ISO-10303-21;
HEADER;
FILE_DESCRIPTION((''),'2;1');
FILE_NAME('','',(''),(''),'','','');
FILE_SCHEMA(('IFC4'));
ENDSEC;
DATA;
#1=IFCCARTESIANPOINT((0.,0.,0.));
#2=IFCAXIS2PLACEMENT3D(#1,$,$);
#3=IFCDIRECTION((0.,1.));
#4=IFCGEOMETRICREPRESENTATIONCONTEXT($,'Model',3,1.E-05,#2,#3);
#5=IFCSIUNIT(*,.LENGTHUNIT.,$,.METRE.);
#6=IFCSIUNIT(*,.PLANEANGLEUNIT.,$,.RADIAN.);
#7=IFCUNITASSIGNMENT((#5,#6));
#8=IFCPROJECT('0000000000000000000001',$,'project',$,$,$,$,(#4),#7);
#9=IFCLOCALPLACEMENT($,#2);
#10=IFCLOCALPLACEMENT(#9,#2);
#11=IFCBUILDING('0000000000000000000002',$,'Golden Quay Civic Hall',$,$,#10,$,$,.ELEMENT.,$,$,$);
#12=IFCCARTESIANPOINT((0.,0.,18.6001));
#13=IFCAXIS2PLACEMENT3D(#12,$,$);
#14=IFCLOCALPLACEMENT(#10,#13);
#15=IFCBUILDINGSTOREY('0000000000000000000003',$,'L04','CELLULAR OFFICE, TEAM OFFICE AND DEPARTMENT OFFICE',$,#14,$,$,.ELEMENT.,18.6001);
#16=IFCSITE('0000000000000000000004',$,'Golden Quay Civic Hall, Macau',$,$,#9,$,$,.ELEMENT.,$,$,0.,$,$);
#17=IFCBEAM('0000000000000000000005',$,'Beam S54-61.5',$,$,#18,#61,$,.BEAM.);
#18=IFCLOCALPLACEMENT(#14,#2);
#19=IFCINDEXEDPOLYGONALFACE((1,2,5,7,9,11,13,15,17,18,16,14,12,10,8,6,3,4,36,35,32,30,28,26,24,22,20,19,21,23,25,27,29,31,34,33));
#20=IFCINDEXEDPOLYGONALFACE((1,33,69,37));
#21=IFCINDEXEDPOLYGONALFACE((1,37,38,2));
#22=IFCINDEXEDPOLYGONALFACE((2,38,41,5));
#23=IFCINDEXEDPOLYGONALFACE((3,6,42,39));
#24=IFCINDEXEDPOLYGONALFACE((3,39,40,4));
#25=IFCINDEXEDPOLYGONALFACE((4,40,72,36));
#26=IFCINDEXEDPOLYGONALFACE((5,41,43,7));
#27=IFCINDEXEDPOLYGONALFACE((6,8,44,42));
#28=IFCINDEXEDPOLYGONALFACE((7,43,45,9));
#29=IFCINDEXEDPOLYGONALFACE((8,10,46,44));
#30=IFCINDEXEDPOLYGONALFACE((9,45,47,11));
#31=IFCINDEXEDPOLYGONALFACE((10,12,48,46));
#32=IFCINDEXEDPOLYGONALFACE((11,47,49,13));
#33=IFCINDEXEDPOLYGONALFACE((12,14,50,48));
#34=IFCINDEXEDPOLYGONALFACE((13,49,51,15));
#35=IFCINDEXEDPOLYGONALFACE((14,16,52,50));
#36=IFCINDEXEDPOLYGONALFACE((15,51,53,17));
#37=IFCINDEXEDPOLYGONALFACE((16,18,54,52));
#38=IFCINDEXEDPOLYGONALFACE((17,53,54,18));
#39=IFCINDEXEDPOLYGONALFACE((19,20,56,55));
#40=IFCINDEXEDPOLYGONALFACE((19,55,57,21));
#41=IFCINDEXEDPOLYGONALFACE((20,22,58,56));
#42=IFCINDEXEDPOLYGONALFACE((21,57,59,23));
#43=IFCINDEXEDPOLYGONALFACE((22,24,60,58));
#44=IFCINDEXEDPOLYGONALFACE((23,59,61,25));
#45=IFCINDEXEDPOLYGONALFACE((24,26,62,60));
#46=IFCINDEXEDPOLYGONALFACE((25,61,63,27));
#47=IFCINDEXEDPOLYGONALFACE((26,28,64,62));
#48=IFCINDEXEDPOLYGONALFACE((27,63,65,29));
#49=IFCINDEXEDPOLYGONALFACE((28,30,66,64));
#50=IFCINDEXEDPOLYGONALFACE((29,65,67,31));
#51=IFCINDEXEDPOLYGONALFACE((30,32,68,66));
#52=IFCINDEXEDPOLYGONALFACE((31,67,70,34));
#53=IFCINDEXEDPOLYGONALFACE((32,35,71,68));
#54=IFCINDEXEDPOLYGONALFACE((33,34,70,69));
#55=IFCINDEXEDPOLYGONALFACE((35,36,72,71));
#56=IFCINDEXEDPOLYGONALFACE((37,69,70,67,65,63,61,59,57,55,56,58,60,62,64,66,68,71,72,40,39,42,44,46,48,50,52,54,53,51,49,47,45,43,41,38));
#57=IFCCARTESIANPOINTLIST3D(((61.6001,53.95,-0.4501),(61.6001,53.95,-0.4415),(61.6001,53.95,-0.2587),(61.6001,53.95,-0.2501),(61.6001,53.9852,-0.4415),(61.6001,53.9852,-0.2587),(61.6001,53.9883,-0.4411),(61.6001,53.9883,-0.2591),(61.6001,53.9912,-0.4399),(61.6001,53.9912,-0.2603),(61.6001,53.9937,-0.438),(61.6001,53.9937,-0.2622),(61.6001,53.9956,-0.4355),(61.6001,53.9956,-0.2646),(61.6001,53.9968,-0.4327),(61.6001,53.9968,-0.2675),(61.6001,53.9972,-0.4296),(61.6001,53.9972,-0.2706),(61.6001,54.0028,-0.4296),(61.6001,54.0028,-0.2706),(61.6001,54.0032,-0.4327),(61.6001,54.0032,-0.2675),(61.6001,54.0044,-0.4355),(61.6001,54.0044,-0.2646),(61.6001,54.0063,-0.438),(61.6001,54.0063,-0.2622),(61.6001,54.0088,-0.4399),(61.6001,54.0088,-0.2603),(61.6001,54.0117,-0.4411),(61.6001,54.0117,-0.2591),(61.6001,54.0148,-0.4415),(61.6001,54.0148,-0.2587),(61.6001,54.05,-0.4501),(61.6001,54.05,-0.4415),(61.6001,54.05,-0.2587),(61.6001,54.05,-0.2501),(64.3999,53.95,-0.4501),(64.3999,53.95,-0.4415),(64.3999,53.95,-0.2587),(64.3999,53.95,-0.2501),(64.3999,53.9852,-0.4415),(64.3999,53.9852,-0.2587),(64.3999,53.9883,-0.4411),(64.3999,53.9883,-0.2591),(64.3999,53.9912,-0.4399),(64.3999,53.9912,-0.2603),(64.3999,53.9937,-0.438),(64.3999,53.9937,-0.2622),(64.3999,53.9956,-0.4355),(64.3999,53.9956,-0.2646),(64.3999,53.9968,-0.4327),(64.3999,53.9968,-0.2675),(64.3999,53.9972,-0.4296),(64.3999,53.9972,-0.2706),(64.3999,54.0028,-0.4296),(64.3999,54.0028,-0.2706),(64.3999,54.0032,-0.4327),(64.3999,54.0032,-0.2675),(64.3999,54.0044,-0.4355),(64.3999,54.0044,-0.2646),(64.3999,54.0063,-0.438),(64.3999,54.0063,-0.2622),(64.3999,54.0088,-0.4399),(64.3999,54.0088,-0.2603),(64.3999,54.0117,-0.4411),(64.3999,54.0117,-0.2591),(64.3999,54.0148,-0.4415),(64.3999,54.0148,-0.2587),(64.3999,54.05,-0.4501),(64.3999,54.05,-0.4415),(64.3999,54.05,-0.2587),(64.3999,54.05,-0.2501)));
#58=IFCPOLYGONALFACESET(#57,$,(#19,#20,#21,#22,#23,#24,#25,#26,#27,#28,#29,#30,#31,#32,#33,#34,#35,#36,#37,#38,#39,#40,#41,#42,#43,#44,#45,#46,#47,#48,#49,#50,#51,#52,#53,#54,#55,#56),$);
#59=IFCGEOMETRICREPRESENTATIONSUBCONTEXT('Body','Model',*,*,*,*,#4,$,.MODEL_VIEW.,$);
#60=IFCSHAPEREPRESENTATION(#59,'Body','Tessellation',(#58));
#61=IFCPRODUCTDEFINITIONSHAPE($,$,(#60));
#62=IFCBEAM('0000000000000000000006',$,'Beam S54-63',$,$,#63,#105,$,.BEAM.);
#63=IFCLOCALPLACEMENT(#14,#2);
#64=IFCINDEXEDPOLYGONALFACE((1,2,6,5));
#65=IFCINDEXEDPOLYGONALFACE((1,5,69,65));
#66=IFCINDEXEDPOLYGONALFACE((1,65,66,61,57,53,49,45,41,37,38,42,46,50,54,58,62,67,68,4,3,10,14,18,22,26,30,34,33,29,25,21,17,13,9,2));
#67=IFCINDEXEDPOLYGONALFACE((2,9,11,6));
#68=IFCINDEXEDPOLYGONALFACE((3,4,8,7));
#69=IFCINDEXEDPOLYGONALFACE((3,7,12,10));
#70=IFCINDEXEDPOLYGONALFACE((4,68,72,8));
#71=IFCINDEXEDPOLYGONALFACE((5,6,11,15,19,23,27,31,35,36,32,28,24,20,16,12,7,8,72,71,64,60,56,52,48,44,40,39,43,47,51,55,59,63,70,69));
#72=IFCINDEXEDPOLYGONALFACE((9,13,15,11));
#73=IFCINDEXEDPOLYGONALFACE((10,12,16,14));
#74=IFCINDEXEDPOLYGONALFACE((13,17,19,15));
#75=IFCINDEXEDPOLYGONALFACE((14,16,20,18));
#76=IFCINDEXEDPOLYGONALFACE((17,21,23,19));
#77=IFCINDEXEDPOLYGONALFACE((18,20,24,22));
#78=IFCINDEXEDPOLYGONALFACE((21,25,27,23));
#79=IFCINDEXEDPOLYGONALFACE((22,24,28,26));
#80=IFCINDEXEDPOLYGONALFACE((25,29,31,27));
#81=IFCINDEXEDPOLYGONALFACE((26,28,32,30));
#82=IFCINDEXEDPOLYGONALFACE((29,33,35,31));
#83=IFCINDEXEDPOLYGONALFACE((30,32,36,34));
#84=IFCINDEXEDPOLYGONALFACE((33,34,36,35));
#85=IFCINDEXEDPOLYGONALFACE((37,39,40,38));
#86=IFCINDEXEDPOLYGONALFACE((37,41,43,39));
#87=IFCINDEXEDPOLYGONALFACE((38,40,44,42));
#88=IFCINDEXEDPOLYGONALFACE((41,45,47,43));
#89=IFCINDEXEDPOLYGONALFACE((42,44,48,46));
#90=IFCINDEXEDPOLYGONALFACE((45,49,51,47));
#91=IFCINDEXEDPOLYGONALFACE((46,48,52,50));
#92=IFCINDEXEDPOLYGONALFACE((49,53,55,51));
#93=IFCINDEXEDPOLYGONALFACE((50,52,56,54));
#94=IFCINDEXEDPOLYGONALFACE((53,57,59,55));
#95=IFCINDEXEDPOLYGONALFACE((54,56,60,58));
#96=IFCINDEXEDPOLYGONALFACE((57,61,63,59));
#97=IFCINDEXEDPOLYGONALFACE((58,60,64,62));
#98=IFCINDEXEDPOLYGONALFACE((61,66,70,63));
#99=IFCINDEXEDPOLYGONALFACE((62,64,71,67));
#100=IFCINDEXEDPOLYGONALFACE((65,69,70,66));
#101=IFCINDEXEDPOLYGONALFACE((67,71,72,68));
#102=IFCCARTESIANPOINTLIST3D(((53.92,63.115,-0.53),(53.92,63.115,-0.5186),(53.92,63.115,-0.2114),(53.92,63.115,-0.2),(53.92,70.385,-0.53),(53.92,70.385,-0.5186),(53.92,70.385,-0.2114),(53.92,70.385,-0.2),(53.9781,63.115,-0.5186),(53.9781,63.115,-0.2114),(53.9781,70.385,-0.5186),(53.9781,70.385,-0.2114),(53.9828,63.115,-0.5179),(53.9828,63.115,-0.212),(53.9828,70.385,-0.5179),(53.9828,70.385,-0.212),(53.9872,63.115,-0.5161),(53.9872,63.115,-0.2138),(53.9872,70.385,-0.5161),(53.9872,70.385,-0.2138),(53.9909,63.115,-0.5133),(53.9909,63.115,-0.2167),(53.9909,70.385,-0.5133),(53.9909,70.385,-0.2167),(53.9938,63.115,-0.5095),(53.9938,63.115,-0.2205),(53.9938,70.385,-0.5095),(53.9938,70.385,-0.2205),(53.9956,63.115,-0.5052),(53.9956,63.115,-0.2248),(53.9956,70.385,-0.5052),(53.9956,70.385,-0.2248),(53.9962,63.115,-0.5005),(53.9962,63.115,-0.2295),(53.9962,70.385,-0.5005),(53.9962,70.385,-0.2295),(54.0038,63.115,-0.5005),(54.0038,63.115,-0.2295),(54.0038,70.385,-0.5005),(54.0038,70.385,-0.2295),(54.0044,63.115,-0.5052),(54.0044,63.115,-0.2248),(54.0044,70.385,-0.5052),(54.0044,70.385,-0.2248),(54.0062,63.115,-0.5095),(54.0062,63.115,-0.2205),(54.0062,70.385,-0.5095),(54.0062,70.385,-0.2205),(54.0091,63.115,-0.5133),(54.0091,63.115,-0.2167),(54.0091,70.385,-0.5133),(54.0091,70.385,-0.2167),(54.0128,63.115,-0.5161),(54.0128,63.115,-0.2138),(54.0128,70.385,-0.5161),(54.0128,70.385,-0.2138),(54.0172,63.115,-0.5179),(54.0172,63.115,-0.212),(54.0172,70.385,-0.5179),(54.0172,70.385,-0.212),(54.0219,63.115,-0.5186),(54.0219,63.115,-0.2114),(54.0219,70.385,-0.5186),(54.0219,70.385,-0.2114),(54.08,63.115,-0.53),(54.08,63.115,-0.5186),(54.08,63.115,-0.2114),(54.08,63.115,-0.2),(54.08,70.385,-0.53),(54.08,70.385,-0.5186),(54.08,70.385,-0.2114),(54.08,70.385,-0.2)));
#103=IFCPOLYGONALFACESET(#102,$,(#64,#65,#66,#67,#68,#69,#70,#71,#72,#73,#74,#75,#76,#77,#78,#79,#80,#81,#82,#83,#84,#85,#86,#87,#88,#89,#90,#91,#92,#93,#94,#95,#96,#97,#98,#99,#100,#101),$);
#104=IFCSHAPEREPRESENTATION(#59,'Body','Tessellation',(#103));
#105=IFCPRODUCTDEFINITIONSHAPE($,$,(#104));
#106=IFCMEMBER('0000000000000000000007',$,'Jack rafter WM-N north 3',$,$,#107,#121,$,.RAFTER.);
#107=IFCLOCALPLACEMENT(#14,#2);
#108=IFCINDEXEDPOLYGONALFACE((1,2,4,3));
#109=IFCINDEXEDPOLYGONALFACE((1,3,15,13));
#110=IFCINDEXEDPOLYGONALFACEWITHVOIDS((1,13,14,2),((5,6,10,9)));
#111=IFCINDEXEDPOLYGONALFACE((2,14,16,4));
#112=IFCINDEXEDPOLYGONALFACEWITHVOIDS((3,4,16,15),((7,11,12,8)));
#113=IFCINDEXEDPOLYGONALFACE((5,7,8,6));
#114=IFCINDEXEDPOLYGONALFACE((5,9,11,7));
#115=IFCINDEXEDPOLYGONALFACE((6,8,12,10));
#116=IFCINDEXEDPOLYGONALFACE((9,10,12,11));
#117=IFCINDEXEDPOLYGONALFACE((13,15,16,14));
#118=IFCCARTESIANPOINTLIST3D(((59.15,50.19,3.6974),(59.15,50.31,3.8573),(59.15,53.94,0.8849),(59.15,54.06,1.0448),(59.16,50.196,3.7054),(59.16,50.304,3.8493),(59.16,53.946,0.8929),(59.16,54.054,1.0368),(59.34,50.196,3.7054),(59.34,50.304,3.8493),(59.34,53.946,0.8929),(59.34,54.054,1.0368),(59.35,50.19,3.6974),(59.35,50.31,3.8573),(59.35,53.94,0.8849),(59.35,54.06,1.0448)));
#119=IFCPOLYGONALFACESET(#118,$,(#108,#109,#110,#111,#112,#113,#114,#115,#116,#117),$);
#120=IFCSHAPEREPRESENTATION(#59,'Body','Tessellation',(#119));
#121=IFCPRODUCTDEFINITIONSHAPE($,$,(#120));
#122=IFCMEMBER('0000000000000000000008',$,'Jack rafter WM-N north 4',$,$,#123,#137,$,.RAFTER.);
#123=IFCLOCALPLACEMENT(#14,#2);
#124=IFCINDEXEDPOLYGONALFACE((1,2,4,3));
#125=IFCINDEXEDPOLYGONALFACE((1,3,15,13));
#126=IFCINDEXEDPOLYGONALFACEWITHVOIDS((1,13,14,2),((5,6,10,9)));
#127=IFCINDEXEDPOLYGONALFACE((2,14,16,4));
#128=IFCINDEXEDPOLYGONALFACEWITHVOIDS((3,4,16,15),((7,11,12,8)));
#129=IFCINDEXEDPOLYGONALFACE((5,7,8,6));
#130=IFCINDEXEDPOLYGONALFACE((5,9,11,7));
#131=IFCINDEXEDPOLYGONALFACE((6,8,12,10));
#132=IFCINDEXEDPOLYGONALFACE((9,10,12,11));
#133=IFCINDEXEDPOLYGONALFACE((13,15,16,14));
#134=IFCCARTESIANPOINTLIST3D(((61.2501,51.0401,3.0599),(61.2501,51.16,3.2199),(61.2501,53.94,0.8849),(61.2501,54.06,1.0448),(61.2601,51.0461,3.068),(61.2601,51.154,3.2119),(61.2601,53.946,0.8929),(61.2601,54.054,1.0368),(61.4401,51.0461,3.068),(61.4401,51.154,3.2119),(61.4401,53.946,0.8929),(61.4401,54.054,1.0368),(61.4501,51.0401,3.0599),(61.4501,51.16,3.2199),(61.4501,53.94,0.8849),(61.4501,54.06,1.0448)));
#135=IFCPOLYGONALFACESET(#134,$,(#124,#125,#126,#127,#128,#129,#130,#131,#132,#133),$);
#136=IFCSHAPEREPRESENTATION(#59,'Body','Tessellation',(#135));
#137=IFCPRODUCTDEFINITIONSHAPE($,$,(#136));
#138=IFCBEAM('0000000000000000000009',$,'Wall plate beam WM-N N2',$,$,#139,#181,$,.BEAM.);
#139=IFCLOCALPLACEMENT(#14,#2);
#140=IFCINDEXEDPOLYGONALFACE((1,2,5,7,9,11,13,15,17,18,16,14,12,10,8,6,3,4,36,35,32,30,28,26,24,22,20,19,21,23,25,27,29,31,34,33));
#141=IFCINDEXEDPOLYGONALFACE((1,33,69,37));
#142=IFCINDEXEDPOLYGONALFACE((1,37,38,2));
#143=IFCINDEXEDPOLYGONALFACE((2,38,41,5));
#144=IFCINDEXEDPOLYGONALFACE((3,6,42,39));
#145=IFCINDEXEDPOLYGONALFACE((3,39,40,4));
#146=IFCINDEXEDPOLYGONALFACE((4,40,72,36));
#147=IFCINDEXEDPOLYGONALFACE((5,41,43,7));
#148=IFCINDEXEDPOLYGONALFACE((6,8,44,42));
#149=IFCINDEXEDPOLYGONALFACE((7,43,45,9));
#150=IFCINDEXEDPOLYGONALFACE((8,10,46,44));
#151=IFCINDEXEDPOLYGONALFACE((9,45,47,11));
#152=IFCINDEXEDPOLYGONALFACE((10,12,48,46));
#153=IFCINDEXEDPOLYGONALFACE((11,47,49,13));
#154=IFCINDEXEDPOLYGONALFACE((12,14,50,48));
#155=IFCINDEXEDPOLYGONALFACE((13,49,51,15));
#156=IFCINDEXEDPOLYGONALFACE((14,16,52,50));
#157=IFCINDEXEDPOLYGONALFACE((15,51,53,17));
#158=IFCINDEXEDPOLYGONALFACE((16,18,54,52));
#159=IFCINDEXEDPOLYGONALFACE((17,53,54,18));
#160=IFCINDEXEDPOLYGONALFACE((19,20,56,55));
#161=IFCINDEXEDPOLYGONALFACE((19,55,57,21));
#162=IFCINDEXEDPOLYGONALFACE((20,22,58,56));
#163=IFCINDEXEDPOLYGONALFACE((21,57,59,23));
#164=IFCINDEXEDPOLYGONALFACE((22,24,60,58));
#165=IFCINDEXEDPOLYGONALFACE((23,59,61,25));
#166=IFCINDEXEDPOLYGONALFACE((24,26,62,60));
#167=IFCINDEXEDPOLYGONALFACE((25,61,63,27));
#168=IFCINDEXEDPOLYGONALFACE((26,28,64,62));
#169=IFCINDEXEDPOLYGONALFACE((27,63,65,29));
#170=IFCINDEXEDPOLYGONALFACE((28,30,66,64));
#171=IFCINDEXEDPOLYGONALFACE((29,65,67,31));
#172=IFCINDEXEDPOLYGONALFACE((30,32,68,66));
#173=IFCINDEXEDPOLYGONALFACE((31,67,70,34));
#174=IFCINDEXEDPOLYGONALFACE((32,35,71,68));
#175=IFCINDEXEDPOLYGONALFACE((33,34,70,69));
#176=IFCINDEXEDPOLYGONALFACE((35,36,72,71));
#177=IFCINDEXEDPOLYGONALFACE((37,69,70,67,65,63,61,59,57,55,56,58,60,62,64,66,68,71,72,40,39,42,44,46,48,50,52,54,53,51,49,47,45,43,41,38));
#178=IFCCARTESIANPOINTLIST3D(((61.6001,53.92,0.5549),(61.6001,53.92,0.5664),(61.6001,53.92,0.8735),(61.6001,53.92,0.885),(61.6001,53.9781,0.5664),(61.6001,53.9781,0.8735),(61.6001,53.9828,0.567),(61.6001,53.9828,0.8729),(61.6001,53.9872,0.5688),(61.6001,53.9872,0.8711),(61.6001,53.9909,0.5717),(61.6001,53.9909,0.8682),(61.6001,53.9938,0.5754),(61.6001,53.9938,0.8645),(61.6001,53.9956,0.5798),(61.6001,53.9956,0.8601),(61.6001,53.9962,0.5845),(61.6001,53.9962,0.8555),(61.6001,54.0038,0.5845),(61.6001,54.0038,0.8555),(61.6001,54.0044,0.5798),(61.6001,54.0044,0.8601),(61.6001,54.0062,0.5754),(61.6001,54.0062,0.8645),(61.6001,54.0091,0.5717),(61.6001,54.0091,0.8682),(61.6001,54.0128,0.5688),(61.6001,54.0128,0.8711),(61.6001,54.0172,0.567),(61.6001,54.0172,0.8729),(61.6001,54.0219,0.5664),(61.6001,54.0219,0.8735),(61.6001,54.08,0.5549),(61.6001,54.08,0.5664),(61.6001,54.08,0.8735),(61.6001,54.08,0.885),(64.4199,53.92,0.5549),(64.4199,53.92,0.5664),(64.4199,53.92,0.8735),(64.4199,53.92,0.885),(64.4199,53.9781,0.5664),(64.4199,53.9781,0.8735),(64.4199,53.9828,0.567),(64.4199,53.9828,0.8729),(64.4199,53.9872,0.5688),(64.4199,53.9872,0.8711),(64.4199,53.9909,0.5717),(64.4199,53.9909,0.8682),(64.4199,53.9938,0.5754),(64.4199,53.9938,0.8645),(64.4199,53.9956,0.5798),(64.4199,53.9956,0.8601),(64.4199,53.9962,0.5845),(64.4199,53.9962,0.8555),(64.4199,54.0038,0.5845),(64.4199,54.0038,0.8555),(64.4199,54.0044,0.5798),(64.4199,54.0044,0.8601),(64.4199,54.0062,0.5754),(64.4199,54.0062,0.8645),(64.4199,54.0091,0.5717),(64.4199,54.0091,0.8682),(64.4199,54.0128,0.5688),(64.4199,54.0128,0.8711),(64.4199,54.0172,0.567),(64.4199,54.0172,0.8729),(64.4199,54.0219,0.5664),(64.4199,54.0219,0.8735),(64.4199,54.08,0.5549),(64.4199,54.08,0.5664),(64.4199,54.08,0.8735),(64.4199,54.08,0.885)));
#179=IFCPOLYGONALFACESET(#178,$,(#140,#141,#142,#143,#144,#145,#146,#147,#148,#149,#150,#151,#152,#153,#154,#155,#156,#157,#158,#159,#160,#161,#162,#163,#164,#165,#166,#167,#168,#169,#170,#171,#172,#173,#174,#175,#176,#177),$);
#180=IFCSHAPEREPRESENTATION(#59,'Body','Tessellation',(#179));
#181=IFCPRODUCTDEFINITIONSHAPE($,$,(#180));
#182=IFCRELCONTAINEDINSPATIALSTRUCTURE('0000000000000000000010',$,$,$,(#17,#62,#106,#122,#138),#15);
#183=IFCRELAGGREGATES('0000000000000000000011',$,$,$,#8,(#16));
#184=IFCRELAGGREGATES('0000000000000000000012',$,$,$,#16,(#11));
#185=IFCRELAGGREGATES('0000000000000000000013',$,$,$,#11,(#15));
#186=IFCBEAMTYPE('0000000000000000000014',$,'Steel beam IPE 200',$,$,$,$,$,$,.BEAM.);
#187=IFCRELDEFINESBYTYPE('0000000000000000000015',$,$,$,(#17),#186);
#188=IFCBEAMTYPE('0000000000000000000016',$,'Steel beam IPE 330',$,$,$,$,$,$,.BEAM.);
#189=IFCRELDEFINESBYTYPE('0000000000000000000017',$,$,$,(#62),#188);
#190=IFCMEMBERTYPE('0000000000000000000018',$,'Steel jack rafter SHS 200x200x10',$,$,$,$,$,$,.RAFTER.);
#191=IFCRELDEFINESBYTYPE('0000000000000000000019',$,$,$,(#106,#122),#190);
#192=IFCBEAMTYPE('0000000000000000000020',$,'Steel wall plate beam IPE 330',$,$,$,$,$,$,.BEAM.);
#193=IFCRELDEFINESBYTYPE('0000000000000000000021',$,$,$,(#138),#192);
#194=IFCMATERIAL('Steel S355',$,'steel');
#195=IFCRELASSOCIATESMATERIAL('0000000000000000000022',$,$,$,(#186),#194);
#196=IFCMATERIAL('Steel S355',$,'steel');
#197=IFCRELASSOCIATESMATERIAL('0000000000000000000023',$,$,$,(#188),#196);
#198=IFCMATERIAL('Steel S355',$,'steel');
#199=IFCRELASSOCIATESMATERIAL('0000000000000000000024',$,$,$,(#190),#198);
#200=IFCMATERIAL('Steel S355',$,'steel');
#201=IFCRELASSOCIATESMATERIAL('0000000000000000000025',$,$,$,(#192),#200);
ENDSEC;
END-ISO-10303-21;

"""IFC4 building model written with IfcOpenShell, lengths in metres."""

from ifc_helpers import new_model, si_unit, direction, frame, origin, origin_2d, place, context, subcontext, project, spatial, hollow_rectangle, i_section, extrude, material, material_profile, profile_set, type_object, element, save


model = new_model("IFC4")

# Units and contexts
model_context = context("Model", 3, precision=1e-05, world=origin(), true_north=direction((0.0, 1.0)))
body_context = subcontext(model_context, "Body", "Model", "MODEL_VIEW")
ifc_project = project(units=[si_unit("LENGTHUNIT", "METRE"), si_unit("PLANEANGLEUNIT", "RADIAN")], contexts=[model_context])

# Site, building, storey
site_placement = place(None, origin())
site = spatial("IfcSite", under=ifc_project, at=site_placement, Name="Golden Quay Civic Hall, Macau", CompositionType="ELEMENT", RefElevation=0.0)
building_placement = place(site_placement, origin())
building = spatial("IfcBuilding", under=site, at=building_placement, Name="Golden Quay Civic Hall", CompositionType="ELEMENT")
storey_placement = place(building_placement, frame((0.0, 0.0, 18.6001)))
storey = spatial("IfcBuildingStorey", under=building, at=storey_placement, Name="L04", Description="CELLULAR OFFICE, TEAM OFFICE AND DEPARTMENT OFFICE", CompositionType="ELEMENT", Elevation=18.6001)

# Beams
ifc_material_1 = material(Name="Steel S355", Category="steel")
ifc_material_profile_1 = material_profile(ifc_material_1, i_section(OverallWidth=0.1001, OverallDepth=0.2, WebThickness=0.0056, FlangeThickness=0.0085, FilletRadius=0.012, at=origin_2d()), Name="IPE 200")
ifc_profile_set_1 = profile_set([ifc_material_profile_1], Name="Steel S355")
beam_type_1 = type_object("IfcBeamType", Name="Steel beam IPE 200", PredefinedType="BEAM", material=ifc_profile_set_1)
beam_1_placement = place(storey_placement, frame((61.6001, 54.0, -0.3501), z_axis=(1.0, 0.0, 0.0), x_axis=(0.0, 1.0, 0.0)))
element("IfcBeam", 1, at=beam_1_placement, inside=storey, type_object=beam_type_1, Name="Beam S54-61.5", PredefinedType="BEAM", context=body_context, shape_type="SweptSolid", body=[
    extrude(i_section(OverallWidth=0.1001, OverallDepth=0.2, WebThickness=0.0056, FlangeThickness=0.0085, FilletRadius=0.012, at=origin_2d()), origin(), (0.0, 0.0, 1.0), 2.7998),
])
ifc_material_2 = material(Name="Steel S355", Category="steel")
ifc_material_profile_2 = material_profile(ifc_material_2, i_section(OverallWidth=0.1599, OverallDepth=0.3301, WebThickness=0.0076, FlangeThickness=0.0115, FilletRadius=0.0181, at=origin_2d()), Name="IPE 330")
ifc_profile_set_2 = profile_set([ifc_material_profile_2], Name="Steel S355")
beam_type_2 = type_object("IfcBeamType", Name="Steel beam IPE 330", PredefinedType="BEAM", material=ifc_profile_set_2)
beam_2_placement = place(storey_placement, frame((54.0, 63.115, -0.365), z_axis=(0.0, 1.0, 0.0), x_axis=(-1.0, 0.0, 0.0)))
element("IfcBeam", 2, at=beam_2_placement, inside=storey, type_object=beam_type_2, Name="Beam S54-63", PredefinedType="BEAM", context=body_context, shape_type="SweptSolid", body=[
    extrude(i_section(OverallWidth=0.1599, OverallDepth=0.3301, WebThickness=0.0076, FlangeThickness=0.0115, FilletRadius=0.0181, at=origin_2d()), origin(), (0.0, 0.0, 1.0), 7.27),
])

# Members
ifc_material_3 = material(Name="Steel S355", Category="steel")
ifc_material_profile_3 = material_profile(ifc_material_3, hollow_rectangle(XDim=0.2, YDim=0.2, WallThickness=0.01, at=origin_2d()), Name="SHS 200x200x10")
ifc_profile_set_3 = profile_set([ifc_material_profile_3], Name="Steel S355")
member_type_1 = type_object("IfcMemberType", Name="Steel jack rafter SHS 200x200x10", PredefinedType="RAFTER", material=ifc_profile_set_3)
member_1_placement = place(storey_placement, frame((59.25, 54.0, 0.9648), z_axis=(0.0, -0.8, 0.6), x_axis=(1.0, 0.0, 0.0)))
element("IfcMember", 3, at=member_1_placement, inside=storey, type_object=member_type_1, Name="Jack rafter WM-N north 3", PredefinedType="RAFTER", context=body_context, shape_type="SweptSolid", body=[
    extrude(hollow_rectangle(XDim=0.2, YDim=0.2, WallThickness=0.01, at=origin_2d()), origin(), (0.0, 0.0, 1.0), 4.6875),
])
member_2_placement = place(storey_placement, frame((61.3501, 54.0, 0.9648), z_axis=(0.0, -0.799984, 0.600022), x_axis=(1.0, 0.0, 0.0)))
element("IfcMember", 4, at=member_2_placement, inside=storey, type_object=member_type_1, Name="Jack rafter WM-N north 4", PredefinedType="RAFTER", context=body_context, shape_type="SweptSolid", body=[
    extrude(hollow_rectangle(XDim=0.2, YDim=0.2, WallThickness=0.01, at=origin_2d()), origin(), (0.0, 0.0, 1.0), 3.625),
])

# Beam
ifc_material_4 = material(Name="Steel S355", Category="steel")
ifc_material_profile_4 = material_profile(ifc_material_4, i_section(OverallWidth=0.1599, OverallDepth=0.3301, WebThickness=0.0076, FlangeThickness=0.0115, FilletRadius=0.0181, at=origin_2d()), Name="IPE 330")
ifc_profile_set_4 = profile_set([ifc_material_profile_4], Name="Steel S355")
beam_type_3 = type_object("IfcBeamType", Name="Steel wall plate beam IPE 330", PredefinedType="BEAM", material=ifc_profile_set_4)
beam_3_placement = place(storey_placement, frame((61.6001, 54.0, 0.72), z_axis=(1.0, 0.0, 0.0), x_axis=(0.0, 1.0, 0.0)))
element("IfcBeam", 5, at=beam_3_placement, inside=storey, type_object=beam_type_3, Name="Wall plate beam WM-N N2", PredefinedType="BEAM", context=body_context, shape_type="SweptSolid", body=[
    extrude(i_section(OverallWidth=0.1599, OverallDepth=0.3301, WebThickness=0.0076, FlangeThickness=0.0115, FilletRadius=0.0181, at=origin_2d()), origin(), (0.0, 0.0, 1.0), 2.8198),
])

save(model, "model.ifc")
